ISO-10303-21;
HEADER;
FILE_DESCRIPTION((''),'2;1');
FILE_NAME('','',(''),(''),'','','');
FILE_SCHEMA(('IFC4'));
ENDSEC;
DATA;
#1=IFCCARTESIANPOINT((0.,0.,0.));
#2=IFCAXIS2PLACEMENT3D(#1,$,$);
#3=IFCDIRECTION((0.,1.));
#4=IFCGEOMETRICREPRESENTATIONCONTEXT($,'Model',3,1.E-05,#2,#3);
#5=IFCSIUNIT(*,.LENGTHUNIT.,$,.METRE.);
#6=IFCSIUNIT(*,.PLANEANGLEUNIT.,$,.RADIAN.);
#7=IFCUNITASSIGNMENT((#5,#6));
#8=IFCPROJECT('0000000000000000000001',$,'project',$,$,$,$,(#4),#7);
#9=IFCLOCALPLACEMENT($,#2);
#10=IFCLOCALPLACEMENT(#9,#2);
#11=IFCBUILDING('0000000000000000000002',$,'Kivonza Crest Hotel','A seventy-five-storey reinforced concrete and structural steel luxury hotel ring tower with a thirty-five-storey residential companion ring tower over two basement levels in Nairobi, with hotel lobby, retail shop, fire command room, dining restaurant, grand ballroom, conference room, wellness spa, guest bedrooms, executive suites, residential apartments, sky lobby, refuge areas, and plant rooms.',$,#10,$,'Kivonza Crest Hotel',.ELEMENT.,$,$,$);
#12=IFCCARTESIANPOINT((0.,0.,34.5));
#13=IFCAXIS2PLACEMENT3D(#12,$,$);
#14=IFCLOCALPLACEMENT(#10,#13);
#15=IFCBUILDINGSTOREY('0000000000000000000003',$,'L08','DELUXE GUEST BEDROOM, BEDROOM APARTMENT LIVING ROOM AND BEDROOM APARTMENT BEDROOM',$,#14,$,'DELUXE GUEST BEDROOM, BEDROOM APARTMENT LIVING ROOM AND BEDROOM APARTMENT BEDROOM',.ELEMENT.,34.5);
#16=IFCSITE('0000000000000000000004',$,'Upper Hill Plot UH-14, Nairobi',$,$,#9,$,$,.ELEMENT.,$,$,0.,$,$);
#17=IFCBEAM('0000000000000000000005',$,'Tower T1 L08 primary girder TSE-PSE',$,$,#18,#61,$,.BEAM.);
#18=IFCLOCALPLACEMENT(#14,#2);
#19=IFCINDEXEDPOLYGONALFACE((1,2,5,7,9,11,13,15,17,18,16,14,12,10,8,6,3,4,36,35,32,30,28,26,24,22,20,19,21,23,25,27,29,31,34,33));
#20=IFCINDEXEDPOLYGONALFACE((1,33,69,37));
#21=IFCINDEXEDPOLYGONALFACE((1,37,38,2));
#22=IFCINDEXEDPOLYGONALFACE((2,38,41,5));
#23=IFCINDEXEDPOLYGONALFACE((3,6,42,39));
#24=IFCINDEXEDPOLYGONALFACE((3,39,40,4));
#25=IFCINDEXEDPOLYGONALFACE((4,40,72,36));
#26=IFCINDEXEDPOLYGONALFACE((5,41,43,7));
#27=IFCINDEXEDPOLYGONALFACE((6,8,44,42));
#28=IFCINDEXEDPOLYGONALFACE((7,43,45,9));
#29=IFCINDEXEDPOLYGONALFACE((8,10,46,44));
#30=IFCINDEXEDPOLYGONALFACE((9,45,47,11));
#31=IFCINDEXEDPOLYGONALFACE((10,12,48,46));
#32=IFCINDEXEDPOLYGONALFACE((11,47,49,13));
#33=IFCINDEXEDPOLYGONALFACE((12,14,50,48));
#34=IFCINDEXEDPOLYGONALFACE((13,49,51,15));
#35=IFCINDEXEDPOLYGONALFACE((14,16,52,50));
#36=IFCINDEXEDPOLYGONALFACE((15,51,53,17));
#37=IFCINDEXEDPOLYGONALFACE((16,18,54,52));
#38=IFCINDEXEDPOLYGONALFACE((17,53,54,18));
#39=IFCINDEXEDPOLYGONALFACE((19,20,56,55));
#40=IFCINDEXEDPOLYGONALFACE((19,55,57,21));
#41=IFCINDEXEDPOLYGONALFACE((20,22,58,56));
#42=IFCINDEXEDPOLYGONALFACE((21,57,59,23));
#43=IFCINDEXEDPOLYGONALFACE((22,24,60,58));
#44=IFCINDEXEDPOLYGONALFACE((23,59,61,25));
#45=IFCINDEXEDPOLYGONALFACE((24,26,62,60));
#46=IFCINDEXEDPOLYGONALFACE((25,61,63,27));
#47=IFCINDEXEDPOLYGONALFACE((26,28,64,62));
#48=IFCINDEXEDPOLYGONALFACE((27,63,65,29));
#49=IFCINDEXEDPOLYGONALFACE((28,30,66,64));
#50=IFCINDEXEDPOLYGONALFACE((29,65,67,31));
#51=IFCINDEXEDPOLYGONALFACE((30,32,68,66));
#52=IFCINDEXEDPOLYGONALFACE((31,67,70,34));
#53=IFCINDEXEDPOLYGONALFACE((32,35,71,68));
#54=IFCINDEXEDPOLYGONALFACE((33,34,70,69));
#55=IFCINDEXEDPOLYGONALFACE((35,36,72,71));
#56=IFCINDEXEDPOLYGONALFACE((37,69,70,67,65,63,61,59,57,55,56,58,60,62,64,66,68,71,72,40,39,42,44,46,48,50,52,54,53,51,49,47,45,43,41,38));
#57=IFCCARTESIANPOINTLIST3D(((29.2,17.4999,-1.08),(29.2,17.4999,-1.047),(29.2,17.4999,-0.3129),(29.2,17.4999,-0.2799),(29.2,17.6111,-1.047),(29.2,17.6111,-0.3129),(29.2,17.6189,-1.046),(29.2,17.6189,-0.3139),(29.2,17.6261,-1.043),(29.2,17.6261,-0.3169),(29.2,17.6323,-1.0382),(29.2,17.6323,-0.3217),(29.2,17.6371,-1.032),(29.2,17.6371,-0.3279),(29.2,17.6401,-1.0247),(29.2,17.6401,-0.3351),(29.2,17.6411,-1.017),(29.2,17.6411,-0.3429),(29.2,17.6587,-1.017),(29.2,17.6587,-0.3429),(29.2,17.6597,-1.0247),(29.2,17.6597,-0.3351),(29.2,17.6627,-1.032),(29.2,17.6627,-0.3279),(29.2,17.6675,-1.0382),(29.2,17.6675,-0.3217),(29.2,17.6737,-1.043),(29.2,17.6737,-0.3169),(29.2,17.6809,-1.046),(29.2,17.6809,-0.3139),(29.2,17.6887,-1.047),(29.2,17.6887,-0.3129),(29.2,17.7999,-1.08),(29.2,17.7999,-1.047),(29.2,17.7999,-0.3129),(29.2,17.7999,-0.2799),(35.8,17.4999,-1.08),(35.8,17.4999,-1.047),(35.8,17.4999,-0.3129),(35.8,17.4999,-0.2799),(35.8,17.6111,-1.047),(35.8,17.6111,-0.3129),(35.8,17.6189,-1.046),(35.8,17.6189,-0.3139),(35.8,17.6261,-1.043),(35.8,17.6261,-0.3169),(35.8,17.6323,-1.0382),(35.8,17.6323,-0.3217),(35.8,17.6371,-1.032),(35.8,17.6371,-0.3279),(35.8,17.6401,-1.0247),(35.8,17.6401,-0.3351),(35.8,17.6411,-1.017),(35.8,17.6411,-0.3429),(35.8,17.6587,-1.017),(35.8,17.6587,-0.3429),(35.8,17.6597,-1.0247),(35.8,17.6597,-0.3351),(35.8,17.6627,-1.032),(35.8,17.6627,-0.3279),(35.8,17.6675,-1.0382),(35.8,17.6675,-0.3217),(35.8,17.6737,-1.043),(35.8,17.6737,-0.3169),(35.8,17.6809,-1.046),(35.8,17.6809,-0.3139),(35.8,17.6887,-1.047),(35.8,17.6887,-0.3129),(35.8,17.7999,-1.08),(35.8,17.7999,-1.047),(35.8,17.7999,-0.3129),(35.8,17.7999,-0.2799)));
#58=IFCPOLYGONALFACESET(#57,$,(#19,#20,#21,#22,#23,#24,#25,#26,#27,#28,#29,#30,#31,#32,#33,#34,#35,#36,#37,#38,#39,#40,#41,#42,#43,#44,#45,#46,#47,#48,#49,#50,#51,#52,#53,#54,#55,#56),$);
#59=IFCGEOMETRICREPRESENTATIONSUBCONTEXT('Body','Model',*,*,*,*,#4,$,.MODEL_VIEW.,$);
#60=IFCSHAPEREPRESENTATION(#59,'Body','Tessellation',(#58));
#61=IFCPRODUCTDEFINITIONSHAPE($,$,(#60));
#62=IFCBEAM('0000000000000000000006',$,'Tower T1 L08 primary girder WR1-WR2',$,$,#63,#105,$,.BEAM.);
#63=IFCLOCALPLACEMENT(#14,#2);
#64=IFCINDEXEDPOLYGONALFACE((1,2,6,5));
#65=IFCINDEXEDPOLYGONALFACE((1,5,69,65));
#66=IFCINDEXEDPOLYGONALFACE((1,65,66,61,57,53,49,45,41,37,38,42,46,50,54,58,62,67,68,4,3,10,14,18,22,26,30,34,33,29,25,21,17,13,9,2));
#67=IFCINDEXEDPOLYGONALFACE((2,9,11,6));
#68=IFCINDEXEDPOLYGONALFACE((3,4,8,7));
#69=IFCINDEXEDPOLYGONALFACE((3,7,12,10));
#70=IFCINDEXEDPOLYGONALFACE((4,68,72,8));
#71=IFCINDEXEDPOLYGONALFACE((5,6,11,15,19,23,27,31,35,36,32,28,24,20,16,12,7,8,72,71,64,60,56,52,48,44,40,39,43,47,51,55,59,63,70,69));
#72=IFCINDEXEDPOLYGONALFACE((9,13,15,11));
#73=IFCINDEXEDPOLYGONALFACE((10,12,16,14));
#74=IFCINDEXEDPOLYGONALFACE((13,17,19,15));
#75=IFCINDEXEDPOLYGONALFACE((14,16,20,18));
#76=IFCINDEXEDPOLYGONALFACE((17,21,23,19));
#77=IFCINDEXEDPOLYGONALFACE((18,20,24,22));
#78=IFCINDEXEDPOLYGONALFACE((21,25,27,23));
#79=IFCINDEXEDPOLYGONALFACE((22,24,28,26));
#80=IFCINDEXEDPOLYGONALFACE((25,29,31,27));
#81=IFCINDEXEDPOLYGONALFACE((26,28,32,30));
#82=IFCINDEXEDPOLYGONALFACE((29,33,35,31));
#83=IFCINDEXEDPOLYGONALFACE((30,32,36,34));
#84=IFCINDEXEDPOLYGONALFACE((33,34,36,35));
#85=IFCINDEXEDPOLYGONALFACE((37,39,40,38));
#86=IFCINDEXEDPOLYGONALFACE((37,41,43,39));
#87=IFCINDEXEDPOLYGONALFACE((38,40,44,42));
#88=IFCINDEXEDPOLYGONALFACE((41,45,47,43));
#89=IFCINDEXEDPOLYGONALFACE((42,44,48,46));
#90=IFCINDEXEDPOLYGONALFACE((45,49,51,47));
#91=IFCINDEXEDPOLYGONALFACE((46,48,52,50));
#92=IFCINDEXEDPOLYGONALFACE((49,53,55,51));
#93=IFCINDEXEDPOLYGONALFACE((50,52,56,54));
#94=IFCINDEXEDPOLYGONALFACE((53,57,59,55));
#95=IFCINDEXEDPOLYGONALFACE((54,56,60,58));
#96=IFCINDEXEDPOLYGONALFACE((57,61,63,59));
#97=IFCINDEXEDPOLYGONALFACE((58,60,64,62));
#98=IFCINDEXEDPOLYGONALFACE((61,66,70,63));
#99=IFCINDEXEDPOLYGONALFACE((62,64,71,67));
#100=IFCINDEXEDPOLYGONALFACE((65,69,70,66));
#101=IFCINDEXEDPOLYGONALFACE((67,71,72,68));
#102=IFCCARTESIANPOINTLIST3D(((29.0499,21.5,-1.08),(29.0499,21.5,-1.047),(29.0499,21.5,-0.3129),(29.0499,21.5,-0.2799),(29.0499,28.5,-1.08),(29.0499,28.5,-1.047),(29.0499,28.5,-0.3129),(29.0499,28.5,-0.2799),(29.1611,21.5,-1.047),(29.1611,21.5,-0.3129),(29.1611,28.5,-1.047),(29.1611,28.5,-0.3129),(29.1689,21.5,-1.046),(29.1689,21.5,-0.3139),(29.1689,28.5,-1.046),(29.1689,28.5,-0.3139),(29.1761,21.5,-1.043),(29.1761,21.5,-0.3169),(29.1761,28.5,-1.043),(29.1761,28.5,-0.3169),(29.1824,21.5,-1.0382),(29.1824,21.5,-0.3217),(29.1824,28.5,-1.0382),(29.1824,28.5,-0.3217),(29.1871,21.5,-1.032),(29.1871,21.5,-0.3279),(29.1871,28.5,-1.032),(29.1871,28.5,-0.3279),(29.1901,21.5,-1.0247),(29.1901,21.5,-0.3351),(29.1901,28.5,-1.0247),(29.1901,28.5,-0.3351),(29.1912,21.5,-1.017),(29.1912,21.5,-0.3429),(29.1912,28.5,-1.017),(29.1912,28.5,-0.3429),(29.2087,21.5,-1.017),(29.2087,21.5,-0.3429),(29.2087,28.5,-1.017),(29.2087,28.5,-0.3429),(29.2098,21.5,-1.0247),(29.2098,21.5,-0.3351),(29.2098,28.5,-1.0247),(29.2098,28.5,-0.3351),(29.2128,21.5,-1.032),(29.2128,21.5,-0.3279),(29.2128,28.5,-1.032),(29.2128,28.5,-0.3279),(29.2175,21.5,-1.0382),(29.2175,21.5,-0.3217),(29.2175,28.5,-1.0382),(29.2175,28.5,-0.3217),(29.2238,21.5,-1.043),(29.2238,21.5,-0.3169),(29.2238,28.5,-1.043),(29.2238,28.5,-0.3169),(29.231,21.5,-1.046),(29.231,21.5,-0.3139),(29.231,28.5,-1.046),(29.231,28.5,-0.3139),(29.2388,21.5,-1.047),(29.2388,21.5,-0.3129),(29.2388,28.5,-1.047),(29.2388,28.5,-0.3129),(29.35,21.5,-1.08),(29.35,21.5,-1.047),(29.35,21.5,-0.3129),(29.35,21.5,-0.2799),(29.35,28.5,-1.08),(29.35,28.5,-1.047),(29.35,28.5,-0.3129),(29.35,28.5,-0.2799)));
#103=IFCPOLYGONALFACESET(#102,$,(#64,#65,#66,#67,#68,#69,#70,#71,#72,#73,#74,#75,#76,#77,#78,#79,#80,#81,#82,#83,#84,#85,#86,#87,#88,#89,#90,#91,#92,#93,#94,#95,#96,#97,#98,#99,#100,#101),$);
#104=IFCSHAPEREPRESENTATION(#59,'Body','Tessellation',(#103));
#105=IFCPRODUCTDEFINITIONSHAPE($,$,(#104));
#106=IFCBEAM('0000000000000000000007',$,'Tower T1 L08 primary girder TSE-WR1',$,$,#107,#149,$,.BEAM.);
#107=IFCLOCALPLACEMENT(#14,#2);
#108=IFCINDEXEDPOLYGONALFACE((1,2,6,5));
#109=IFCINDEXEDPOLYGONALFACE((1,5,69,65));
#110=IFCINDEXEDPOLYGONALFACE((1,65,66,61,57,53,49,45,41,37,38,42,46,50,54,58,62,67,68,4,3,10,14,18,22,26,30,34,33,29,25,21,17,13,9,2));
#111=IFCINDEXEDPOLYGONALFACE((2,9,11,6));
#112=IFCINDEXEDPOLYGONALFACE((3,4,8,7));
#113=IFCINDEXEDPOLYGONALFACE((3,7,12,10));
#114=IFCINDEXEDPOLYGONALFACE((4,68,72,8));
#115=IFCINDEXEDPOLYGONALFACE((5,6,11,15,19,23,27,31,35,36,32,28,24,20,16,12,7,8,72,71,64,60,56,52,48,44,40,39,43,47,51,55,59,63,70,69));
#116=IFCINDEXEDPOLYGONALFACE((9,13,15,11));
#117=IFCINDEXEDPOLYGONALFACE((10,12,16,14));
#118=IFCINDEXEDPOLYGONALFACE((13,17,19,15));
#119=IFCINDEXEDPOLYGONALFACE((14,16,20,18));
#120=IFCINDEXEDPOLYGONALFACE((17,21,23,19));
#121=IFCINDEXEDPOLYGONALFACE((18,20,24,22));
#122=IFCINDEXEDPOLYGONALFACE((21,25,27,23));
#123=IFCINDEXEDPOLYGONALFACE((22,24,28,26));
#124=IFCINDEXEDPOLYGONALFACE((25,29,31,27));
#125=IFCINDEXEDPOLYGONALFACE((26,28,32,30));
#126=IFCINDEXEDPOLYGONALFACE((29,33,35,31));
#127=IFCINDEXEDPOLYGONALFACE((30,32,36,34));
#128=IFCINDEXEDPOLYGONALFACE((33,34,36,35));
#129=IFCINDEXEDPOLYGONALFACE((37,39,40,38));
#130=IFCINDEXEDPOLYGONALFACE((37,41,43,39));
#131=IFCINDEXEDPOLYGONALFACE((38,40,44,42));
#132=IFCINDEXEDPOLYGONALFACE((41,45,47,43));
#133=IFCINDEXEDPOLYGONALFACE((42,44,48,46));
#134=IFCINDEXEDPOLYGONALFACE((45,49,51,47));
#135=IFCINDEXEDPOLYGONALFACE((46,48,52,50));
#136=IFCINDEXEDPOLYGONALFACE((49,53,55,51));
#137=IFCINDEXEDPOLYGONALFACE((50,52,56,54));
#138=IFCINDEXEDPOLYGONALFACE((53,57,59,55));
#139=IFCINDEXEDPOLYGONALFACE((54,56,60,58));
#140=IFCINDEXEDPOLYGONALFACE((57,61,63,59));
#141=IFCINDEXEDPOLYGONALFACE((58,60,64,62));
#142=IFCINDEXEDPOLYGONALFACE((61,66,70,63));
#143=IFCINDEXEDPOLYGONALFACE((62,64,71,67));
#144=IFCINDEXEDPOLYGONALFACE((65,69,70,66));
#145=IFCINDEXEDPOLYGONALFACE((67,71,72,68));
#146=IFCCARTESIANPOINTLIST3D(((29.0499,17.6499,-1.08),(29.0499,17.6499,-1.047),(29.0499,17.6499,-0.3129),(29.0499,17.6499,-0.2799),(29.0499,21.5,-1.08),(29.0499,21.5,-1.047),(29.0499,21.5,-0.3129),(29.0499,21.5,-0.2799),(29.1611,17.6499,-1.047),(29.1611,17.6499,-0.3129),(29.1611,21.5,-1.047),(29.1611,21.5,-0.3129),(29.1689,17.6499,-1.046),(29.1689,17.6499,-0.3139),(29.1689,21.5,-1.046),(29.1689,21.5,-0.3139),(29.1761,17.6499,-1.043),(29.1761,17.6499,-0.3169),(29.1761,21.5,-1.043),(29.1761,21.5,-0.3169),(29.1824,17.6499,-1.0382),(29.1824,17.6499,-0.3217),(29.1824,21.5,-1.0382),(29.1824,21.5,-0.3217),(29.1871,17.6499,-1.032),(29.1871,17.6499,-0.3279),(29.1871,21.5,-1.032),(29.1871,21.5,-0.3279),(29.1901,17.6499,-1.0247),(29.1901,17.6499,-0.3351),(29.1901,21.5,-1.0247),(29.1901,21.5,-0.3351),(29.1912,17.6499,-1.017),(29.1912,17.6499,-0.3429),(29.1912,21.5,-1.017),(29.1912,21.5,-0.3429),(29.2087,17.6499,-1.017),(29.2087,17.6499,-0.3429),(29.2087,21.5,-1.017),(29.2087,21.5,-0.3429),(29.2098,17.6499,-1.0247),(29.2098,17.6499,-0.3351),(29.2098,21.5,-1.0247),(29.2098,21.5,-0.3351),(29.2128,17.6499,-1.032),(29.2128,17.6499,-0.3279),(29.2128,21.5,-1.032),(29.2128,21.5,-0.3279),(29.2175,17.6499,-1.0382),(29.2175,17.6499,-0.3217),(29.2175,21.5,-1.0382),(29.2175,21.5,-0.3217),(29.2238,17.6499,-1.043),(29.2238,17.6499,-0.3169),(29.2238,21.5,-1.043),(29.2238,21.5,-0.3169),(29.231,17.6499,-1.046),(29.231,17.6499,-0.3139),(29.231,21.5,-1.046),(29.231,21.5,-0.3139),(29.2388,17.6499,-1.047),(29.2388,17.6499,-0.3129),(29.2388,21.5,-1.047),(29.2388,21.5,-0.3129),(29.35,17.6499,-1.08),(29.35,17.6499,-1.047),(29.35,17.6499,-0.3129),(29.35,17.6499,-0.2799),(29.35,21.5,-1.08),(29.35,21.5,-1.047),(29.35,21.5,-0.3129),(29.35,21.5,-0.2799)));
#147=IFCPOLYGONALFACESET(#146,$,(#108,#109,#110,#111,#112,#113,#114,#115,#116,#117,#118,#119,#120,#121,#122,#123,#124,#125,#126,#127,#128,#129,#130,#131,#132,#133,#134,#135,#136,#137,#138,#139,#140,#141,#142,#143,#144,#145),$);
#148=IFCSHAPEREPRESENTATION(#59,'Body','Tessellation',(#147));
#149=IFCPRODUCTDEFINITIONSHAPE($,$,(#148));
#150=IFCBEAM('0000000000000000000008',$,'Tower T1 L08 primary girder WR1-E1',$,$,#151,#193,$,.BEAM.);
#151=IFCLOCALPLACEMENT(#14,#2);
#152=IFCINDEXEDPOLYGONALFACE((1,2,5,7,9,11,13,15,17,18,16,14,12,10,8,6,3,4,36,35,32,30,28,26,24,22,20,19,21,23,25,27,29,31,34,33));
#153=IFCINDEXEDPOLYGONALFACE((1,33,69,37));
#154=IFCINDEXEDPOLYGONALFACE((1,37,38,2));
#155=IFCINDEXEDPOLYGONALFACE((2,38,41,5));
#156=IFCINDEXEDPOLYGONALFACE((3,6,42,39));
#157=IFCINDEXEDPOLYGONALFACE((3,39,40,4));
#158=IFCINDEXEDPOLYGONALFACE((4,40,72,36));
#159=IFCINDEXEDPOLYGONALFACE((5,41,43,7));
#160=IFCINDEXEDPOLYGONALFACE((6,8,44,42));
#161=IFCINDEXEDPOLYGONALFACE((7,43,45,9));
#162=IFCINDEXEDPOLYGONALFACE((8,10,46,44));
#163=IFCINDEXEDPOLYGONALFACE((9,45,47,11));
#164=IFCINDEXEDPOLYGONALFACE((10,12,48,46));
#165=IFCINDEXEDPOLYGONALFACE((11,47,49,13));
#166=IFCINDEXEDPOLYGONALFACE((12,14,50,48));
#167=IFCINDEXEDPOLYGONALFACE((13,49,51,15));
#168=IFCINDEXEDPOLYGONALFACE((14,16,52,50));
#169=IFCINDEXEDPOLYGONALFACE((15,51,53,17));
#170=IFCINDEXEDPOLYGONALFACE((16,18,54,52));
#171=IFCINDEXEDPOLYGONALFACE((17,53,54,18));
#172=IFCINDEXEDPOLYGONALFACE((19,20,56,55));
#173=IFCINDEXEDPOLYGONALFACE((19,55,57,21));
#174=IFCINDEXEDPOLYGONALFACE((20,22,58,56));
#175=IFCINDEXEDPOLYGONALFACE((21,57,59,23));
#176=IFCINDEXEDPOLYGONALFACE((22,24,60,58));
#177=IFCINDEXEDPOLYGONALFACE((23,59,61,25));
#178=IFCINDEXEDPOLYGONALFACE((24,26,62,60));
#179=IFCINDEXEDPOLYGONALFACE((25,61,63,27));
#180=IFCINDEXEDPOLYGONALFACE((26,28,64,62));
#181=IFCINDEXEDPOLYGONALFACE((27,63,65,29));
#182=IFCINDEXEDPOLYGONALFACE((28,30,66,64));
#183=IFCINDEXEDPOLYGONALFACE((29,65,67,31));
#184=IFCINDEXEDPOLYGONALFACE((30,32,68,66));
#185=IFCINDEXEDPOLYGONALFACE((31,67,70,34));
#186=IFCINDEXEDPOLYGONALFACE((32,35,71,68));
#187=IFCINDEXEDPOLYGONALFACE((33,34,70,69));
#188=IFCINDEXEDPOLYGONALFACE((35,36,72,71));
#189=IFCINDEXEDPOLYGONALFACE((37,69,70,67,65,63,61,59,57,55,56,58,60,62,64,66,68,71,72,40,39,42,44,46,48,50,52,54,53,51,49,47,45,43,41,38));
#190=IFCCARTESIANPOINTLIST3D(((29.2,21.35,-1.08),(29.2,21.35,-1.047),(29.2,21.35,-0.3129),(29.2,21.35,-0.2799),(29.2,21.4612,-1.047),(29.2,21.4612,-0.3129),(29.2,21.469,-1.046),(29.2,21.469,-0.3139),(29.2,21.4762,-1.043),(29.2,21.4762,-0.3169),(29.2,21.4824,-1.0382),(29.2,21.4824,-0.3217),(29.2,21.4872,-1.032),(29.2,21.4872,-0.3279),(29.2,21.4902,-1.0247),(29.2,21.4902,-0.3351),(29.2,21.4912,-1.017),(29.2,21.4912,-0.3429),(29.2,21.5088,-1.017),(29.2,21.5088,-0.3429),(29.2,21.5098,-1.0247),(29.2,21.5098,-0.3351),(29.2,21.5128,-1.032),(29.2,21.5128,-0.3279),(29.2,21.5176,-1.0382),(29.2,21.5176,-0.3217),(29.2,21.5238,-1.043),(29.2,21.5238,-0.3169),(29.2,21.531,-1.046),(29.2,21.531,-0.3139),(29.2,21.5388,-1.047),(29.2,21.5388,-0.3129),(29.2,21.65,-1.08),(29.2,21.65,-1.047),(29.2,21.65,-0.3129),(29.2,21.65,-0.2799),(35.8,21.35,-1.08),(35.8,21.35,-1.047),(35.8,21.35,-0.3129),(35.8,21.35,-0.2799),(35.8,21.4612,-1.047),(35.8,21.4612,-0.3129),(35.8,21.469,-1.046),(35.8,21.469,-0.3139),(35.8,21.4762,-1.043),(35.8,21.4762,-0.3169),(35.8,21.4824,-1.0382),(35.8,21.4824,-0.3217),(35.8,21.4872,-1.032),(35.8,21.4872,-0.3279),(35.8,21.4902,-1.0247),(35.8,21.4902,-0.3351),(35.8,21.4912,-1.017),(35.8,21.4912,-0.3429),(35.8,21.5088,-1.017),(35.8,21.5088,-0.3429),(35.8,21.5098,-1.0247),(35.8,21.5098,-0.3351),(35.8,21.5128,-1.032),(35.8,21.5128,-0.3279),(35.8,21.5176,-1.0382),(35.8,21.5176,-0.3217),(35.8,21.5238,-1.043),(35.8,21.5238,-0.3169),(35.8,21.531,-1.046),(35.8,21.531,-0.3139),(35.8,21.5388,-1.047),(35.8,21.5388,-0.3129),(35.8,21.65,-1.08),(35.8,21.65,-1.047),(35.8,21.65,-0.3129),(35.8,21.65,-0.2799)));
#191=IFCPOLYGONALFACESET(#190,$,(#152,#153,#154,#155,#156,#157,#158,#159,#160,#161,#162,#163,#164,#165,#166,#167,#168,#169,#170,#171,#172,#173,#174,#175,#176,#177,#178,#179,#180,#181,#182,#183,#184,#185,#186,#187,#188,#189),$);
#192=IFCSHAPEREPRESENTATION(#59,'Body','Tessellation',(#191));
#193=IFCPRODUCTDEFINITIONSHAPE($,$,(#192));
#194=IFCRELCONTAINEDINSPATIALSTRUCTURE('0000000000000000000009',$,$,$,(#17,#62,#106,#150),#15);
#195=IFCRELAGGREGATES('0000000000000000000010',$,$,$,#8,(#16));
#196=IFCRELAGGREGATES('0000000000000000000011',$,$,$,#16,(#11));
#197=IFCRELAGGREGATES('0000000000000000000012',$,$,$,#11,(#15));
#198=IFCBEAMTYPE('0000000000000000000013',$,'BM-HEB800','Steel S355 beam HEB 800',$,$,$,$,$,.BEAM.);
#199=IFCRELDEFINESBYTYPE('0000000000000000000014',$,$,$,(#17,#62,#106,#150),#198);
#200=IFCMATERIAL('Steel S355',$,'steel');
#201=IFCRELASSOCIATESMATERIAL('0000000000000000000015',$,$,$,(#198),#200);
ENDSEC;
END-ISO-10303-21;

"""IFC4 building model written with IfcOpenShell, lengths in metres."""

from ifc_helpers import new_model, si_unit, direction, frame, origin, origin_2d, place, context, subcontext, project, spatial, i_section, extrude, material, material_profile, profile_set, type_object, element, save


model = new_model("IFC4")

# Units and contexts
model_context = context("Model", 3, precision=1e-05, world=origin(), true_north=direction((0.0, 1.0)))
body_context = subcontext(model_context, "Body", "Model", "MODEL_VIEW")
ifc_project = project(units=[si_unit("LENGTHUNIT", "METRE"), si_unit("PLANEANGLEUNIT", "RADIAN")], contexts=[model_context])

# Site, building, storey
site_placement = place(None, origin())
site = spatial("IfcSite", under=ifc_project, at=site_placement, Name="Upper Hill Plot UH-14, Nairobi", CompositionType="ELEMENT", RefElevation=0.0)
building_placement = place(site_placement, origin())
building = spatial("IfcBuilding", under=site, at=building_placement, Name="Kivonza Crest Hotel", Description="A seventy-five-storey reinforced concrete and structural steel luxury hotel ring tower with a thirty-five-storey residential companion ring tower over two basement levels in Nairobi, with hotel lobby, retail shop, fire command room, dining restaurant, grand ballroom, conference room, wellness spa, guest bedrooms, executive suites, residential apartments, sky lobby, refuge areas, and plant rooms.", LongName="Kivonza Crest Hotel", CompositionType="ELEMENT")
storey_placement = place(building_placement, frame((0.0, 0.0, 34.5)))
storey = spatial("IfcBuildingStorey", under=building, at=storey_placement, Name="L08", Description="DELUXE GUEST BEDROOM, BEDROOM APARTMENT LIVING ROOM AND BEDROOM APARTMENT BEDROOM", LongName="DELUXE GUEST BEDROOM, BEDROOM APARTMENT LIVING ROOM AND BEDROOM APARTMENT BEDROOM", CompositionType="ELEMENT", Elevation=34.5)

# Beams
ifc_material_1 = material(Name="Steel S355", Category="steel")
ifc_material_profile_1 = material_profile(ifc_material_1, i_section(OverallWidth=0.3, OverallDepth=0.8, WebThickness=0.0176, FlangeThickness=0.033, FilletRadius=0.03, at=origin_2d()), Name="HEB 800")
ifc_profile_set_1 = profile_set([ifc_material_profile_1], Name="Steel S355")
beam_type_1 = type_object("IfcBeamType", Name="BM-HEB800", Description="Steel S355 beam HEB 800", PredefinedType="BEAM", material=ifc_profile_set_1)
beam_1_placement = place(storey_placement, frame((29.2, 17.6499, -0.6799), z_axis=(1.0, 0.0, 0.0), x_axis=(0.0, 1.0, 0.0)))
element("IfcBeam", 1, at=beam_1_placement, inside=storey, type_object=beam_type_1, Name="Tower T1 L08 primary girder TSE-PSE", PredefinedType="BEAM", context=body_context, shape_type="SweptSolid", body=[
    extrude(i_section(OverallWidth=0.3, OverallDepth=0.8, WebThickness=0.0176, FlangeThickness=0.033, FilletRadius=0.03, at=origin_2d()), origin(), (0.0, 0.0, 1.0), 6.6001),
])
beam_2_placement = place(storey_placement, frame((29.2, 21.5, -0.6799), z_axis=(0.0, 1.0, 0.0), x_axis=(-1.0, 0.0, 0.0)))
element("IfcBeam", 2, at=beam_2_placement, inside=storey, type_object=beam_type_1, Name="Tower T1 L08 primary girder WR1-WR2", PredefinedType="BEAM", context=body_context, shape_type="SweptSolid", body=[
    extrude(i_section(OverallWidth=0.3, OverallDepth=0.8, WebThickness=0.0176, FlangeThickness=0.033, FilletRadius=0.03, at=origin_2d()), origin(), (0.0, 0.0, 1.0), 7.0),
])
beam_3_placement = place(storey_placement, frame((29.2, 17.6499, -0.6799), z_axis=(0.0, 1.0, 0.0), x_axis=(-1.0, 0.0, 0.0)))
element("IfcBeam", 3, at=beam_3_placement, inside=storey, type_object=beam_type_1, Name="Tower T1 L08 primary girder TSE-WR1", PredefinedType="BEAM", context=body_context, shape_type="SweptSolid", body=[
    extrude(i_section(OverallWidth=0.3, OverallDepth=0.8, WebThickness=0.0176, FlangeThickness=0.033, FilletRadius=0.03, at=origin_2d()), origin(), (0.0, 0.0, 1.0), 3.8501),
])
beam_4_placement = place(storey_placement, frame((29.2, 21.5, -0.6799), z_axis=(1.0, 0.0, 0.0), x_axis=(0.0, 1.0, 0.0)))
element("IfcBeam", 4, at=beam_4_placement, inside=storey, type_object=beam_type_1, Name="Tower T1 L08 primary girder WR1-E1", PredefinedType="BEAM", context=body_context, shape_type="SweptSolid", body=[
    extrude(i_section(OverallWidth=0.3, OverallDepth=0.8, WebThickness=0.0176, FlangeThickness=0.033, FilletRadius=0.03, at=origin_2d()), origin(), (0.0, 0.0, 1.0), 6.6001),
])

save(model, "model.ifc")
